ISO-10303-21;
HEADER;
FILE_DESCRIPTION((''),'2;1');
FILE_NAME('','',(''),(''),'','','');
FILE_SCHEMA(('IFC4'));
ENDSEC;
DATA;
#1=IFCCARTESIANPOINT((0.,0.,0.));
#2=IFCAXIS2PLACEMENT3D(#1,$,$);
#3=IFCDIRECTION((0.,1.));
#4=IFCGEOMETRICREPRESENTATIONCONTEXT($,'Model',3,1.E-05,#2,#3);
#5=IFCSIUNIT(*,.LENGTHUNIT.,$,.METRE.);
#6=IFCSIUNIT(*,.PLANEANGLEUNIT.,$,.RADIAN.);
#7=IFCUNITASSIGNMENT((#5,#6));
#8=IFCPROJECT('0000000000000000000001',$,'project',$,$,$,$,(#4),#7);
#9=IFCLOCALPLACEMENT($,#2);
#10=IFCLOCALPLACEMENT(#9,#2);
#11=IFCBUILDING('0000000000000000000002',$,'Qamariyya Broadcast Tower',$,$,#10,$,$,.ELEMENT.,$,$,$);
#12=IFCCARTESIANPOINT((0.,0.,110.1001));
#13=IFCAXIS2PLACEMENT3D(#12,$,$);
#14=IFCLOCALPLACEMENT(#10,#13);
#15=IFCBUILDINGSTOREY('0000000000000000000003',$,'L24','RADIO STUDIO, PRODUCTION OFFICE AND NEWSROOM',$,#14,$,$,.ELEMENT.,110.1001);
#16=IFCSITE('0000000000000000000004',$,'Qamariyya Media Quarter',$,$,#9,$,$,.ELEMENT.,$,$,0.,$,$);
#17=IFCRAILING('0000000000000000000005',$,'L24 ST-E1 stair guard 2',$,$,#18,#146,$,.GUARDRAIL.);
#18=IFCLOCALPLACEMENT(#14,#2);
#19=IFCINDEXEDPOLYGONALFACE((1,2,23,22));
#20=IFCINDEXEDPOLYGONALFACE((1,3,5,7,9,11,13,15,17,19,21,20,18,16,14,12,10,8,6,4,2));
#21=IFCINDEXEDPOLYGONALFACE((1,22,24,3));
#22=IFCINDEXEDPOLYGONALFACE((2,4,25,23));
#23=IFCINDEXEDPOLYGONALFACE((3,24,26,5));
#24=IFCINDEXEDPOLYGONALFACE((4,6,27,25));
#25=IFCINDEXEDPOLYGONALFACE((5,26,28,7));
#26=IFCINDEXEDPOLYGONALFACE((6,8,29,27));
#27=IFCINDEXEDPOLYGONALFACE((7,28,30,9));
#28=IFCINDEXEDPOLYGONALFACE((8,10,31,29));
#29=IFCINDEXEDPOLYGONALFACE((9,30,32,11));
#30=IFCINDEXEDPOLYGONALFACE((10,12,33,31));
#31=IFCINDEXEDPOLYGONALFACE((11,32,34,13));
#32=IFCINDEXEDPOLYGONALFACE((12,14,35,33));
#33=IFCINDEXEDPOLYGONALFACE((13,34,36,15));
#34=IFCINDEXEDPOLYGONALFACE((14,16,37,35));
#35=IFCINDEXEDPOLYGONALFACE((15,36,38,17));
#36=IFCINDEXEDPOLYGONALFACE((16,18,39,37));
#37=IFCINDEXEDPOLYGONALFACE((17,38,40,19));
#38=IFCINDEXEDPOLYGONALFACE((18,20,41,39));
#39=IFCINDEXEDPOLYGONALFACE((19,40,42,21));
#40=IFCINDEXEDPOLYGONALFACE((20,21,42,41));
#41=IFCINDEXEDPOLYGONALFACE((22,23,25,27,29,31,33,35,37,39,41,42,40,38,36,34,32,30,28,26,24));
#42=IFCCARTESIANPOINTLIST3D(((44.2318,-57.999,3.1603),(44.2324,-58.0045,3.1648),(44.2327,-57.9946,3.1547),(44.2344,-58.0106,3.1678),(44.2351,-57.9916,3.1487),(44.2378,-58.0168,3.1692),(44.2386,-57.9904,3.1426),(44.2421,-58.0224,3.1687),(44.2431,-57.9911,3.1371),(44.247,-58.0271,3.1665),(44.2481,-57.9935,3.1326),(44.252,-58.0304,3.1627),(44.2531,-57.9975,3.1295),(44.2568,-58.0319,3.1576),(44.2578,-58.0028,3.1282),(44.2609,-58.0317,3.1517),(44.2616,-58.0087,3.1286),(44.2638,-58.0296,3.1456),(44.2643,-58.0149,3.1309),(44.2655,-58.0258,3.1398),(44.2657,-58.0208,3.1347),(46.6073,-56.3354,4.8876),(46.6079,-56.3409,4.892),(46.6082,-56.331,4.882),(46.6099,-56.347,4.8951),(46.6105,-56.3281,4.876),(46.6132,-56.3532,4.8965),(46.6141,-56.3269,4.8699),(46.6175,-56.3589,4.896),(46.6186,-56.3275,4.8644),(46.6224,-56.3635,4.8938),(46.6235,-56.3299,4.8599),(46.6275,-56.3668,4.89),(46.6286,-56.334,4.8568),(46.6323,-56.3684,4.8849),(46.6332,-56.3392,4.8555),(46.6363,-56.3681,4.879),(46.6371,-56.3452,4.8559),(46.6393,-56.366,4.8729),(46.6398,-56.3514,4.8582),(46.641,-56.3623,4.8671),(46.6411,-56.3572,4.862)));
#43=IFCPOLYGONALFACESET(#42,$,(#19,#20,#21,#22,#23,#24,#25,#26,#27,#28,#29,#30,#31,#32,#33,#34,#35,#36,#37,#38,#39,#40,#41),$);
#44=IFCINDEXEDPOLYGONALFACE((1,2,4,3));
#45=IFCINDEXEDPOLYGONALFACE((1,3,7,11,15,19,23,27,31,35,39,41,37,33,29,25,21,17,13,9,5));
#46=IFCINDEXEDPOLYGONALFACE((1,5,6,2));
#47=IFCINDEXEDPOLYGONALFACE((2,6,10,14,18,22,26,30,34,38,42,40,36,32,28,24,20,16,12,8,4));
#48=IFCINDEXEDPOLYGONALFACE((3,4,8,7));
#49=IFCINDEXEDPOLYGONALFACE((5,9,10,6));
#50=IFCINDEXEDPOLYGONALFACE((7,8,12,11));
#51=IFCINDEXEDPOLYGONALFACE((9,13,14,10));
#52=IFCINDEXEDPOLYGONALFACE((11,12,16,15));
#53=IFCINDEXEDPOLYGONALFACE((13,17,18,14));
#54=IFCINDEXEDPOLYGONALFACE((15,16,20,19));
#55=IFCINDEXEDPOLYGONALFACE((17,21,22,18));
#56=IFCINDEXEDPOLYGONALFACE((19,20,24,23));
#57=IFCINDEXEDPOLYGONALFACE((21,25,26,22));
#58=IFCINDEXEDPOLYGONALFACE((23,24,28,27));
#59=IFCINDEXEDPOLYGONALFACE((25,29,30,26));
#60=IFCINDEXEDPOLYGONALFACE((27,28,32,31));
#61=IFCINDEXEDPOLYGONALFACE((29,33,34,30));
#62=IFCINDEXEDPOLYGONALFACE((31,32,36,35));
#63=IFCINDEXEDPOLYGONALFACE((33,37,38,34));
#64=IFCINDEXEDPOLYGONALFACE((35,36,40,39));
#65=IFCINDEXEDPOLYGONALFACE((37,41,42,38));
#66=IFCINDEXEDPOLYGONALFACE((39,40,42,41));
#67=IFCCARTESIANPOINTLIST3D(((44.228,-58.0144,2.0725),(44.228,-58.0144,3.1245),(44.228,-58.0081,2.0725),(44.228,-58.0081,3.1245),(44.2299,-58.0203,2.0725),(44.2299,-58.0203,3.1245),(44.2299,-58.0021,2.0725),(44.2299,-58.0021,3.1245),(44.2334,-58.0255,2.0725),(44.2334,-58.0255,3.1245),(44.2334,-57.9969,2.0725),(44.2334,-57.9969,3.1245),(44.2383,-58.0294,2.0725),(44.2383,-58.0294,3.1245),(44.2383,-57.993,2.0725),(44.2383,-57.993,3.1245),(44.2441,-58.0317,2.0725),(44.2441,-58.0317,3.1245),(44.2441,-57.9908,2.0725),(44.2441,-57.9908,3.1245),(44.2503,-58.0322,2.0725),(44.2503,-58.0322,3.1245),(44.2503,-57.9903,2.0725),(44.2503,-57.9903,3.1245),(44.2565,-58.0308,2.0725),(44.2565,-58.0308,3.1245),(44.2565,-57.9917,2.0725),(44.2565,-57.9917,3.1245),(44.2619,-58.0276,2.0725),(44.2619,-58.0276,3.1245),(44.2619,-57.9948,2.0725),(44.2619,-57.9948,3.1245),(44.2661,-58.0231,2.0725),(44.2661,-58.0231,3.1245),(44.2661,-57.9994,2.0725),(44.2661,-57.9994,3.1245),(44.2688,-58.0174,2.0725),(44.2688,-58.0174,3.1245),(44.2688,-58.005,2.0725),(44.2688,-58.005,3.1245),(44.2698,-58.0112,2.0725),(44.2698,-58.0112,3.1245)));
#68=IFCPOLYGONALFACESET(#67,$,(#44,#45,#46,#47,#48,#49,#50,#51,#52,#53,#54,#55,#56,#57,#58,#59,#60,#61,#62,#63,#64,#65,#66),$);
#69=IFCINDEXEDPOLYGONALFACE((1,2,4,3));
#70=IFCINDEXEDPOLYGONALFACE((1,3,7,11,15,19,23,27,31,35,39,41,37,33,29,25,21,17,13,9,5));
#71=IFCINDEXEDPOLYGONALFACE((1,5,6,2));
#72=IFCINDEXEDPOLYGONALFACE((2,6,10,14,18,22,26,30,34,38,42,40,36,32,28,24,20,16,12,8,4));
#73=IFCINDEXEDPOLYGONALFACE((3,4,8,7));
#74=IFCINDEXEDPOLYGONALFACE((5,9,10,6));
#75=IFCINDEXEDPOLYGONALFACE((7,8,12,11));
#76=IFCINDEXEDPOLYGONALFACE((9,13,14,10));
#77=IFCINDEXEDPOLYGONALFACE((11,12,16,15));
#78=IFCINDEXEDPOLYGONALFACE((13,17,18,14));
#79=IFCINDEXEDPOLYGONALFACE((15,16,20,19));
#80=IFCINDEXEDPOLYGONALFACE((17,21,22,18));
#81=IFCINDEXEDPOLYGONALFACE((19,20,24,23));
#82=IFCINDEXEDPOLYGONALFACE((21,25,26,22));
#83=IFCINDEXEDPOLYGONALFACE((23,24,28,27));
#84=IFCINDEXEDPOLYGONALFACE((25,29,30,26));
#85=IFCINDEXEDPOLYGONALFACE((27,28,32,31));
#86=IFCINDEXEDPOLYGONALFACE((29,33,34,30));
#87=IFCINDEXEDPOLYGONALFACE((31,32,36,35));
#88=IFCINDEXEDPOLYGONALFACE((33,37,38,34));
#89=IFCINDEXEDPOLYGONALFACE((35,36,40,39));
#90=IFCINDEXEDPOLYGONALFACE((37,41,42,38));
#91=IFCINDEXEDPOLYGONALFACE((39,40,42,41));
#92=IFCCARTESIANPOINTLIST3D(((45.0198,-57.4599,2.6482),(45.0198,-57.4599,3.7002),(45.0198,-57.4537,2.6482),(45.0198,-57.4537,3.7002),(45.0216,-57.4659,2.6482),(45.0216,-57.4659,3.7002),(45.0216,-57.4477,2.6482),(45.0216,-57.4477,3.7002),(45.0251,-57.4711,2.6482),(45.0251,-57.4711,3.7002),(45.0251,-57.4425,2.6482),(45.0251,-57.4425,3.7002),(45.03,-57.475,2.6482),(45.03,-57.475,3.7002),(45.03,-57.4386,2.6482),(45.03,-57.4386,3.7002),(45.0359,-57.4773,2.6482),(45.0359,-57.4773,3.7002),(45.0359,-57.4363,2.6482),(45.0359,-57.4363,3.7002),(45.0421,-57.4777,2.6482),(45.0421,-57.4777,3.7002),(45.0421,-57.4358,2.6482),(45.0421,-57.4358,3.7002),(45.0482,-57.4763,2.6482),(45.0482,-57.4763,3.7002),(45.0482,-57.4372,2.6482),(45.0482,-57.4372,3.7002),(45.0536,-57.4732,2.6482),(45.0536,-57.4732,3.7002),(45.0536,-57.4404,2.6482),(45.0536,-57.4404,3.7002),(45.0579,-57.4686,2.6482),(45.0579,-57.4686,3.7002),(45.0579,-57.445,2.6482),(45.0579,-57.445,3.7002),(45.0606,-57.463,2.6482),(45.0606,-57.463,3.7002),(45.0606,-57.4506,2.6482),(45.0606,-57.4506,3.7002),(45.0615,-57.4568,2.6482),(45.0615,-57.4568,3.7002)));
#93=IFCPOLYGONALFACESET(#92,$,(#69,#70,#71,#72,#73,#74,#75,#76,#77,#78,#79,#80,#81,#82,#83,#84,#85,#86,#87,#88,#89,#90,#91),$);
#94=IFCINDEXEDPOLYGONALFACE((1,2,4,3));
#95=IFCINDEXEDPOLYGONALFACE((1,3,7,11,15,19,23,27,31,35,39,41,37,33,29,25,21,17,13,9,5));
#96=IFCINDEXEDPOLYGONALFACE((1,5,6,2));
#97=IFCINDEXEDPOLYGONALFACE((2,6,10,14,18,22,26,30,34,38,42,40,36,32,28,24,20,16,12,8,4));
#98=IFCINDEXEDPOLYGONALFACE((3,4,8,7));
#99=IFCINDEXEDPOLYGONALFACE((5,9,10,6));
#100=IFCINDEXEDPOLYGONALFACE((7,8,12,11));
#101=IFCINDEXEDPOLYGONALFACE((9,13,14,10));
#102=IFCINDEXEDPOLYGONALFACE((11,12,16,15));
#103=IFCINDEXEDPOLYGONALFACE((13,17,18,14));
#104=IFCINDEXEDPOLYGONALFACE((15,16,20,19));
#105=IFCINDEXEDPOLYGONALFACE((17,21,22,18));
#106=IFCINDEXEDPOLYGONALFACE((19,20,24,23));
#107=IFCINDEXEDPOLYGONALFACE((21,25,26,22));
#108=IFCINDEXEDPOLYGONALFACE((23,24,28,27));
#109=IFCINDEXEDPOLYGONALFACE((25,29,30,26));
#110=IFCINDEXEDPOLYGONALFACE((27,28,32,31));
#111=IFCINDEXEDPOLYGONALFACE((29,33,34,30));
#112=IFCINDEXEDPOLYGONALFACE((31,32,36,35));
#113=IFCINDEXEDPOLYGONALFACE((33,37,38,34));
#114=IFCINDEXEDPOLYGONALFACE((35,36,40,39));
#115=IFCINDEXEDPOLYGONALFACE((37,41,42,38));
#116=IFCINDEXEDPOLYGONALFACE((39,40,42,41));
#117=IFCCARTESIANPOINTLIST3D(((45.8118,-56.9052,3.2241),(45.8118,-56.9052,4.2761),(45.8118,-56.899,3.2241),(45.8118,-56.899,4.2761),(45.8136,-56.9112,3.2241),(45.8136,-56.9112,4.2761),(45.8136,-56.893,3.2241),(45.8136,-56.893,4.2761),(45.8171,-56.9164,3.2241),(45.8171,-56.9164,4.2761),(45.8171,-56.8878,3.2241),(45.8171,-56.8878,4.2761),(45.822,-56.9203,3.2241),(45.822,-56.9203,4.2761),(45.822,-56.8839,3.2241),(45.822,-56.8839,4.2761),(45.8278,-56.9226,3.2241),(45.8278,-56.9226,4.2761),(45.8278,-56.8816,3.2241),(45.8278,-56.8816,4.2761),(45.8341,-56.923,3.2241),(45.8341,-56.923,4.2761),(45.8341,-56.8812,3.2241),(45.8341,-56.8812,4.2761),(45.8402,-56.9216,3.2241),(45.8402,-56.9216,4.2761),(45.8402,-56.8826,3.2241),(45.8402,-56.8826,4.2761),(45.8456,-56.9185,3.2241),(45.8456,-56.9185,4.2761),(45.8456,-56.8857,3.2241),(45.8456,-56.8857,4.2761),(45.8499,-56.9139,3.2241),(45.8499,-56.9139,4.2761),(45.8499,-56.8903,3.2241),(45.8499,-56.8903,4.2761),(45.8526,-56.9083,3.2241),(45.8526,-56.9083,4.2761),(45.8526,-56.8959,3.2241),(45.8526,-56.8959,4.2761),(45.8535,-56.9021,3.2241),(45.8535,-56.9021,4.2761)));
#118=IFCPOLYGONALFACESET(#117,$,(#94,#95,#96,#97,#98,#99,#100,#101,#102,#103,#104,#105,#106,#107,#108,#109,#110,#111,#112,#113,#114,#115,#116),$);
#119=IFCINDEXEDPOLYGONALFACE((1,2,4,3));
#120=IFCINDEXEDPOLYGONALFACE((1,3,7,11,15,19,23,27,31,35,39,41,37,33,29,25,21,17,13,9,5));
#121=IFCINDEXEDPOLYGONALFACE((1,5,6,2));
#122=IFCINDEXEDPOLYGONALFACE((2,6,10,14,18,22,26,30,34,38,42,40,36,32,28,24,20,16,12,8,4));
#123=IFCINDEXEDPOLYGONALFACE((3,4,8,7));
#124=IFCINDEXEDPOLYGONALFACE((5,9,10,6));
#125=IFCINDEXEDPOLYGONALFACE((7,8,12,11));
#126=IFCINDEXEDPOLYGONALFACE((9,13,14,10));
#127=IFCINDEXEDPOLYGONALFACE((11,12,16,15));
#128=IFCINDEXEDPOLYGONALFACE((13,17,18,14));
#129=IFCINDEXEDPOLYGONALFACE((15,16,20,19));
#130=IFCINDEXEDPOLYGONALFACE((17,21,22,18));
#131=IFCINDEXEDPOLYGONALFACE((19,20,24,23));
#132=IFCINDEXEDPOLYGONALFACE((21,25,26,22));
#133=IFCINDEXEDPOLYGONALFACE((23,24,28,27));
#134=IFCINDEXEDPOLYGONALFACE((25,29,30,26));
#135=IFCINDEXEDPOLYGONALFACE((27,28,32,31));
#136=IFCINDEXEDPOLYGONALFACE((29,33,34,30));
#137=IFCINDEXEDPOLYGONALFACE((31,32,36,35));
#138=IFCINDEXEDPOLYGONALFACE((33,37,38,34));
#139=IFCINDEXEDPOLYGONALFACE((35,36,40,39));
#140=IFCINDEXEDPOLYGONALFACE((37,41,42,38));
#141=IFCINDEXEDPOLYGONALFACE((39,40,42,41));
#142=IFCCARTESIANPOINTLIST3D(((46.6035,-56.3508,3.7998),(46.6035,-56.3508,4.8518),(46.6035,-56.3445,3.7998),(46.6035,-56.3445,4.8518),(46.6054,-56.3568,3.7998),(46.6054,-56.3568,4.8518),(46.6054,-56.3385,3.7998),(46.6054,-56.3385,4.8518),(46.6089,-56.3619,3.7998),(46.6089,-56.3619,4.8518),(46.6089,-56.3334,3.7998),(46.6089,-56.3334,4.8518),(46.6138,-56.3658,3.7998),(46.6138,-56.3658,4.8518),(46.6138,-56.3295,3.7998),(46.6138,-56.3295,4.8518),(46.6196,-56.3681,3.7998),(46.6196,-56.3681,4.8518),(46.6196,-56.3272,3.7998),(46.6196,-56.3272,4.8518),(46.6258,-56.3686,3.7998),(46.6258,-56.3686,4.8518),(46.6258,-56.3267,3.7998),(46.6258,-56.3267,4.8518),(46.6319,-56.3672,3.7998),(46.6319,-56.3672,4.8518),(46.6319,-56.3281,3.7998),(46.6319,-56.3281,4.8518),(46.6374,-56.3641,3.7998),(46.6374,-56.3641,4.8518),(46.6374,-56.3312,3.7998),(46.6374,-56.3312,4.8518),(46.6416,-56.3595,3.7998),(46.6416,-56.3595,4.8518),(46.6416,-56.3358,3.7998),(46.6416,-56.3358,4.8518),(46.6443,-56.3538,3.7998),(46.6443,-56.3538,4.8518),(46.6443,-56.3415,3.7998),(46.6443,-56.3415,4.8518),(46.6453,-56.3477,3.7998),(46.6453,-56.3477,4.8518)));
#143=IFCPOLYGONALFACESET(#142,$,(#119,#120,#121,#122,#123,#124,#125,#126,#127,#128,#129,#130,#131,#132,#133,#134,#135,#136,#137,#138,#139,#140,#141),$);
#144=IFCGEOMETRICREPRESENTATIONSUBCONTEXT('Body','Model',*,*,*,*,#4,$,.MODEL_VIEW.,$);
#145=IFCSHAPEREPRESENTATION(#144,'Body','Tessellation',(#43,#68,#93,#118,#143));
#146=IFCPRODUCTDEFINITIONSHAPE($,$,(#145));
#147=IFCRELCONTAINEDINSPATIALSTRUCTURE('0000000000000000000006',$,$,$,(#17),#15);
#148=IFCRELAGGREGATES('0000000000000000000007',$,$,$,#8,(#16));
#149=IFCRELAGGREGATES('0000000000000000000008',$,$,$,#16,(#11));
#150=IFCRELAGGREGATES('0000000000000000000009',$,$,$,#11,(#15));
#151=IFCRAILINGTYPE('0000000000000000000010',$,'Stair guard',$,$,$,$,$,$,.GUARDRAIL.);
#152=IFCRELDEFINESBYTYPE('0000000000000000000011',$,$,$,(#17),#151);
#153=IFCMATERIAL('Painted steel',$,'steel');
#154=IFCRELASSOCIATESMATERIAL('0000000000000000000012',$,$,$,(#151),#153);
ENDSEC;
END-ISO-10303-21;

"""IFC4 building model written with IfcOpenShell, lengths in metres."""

from ifc_helpers import new_model, si_unit, direction, frame, origin, origin_2d, place, context, subcontext, project, spatial, circle, extrude, material, type_object, element, save


model = new_model("IFC4")

# Units and contexts
model_context = context("Model", 3, precision=1e-05, world=origin(), true_north=direction((0.0, 1.0)))
body_context = subcontext(model_context, "Body", "Model", "MODEL_VIEW")
ifc_project = project(units=[si_unit("LENGTHUNIT", "METRE"), si_unit("PLANEANGLEUNIT", "RADIAN")], contexts=[model_context])

# Site, building, storey
site_placement = place(None, origin())
site = spatial("IfcSite", under=ifc_project, at=site_placement, Name="Qamariyya Media Quarter", CompositionType="ELEMENT", RefElevation=0.0)
building_placement = place(site_placement, origin())
building = spatial("IfcBuilding", under=site, at=building_placement, Name="Qamariyya Broadcast Tower", CompositionType="ELEMENT")
storey_placement = place(building_placement, frame((0.0, 0.0, 110.1001)))
storey = spatial("IfcBuildingStorey", under=building, at=storey_placement, Name="L24", Description="RADIO STUDIO, PRODUCTION OFFICE AND NEWSROOM", CompositionType="ELEMENT", Elevation=110.1001)

# Railing
ifc_material_1 = material(Name="Painted steel", Category="steel")
railing_type_1 = type_object("IfcRailingType", Name="Stair guard", PredefinedType="GUARDRAIL", material=ifc_material_1)
railing_1_placement = place(storey_placement, frame((44.2488, -58.0112, 2.0725)))
element("IfcRailing", 1, at=railing_1_placement, inside=storey, type_object=railing_type_1, Name="L24 ST-E1 stair guard 2", PredefinedType="GUARDRAIL", context=body_context, shape_type="SweptSolid", body=[
    extrude(circle(Radius=0.0239, at=origin_2d()), frame((0.0, 0.0, 1.0762), z_axis=(0.703745, 0.492838, 0.511716), x_axis=(-0.573632, 0.819113, 0.0)), (0.0, 0.0, 1.0), 3.3755),
    extrude(circle(Radius=0.021, at=origin_2d()), origin(), (0.0, 0.0, 1.0), 1.052),
    extrude(circle(Radius=0.021, at=origin_2d()), frame((0.7917, 0.5544, 0.5757)), (0.0, 0.0, 1.0), 1.052),
    extrude(circle(Radius=0.021, at=origin_2d()), frame((1.5837, 1.1091, 1.1516)), (0.0, 0.0, 1.0), 1.052),
    extrude(circle(Radius=0.021, at=origin_2d()), frame((2.3755, 1.6636, 1.7273)), (0.0, 0.0, 1.0), 1.052),
])

save(model, "model.ifc")
